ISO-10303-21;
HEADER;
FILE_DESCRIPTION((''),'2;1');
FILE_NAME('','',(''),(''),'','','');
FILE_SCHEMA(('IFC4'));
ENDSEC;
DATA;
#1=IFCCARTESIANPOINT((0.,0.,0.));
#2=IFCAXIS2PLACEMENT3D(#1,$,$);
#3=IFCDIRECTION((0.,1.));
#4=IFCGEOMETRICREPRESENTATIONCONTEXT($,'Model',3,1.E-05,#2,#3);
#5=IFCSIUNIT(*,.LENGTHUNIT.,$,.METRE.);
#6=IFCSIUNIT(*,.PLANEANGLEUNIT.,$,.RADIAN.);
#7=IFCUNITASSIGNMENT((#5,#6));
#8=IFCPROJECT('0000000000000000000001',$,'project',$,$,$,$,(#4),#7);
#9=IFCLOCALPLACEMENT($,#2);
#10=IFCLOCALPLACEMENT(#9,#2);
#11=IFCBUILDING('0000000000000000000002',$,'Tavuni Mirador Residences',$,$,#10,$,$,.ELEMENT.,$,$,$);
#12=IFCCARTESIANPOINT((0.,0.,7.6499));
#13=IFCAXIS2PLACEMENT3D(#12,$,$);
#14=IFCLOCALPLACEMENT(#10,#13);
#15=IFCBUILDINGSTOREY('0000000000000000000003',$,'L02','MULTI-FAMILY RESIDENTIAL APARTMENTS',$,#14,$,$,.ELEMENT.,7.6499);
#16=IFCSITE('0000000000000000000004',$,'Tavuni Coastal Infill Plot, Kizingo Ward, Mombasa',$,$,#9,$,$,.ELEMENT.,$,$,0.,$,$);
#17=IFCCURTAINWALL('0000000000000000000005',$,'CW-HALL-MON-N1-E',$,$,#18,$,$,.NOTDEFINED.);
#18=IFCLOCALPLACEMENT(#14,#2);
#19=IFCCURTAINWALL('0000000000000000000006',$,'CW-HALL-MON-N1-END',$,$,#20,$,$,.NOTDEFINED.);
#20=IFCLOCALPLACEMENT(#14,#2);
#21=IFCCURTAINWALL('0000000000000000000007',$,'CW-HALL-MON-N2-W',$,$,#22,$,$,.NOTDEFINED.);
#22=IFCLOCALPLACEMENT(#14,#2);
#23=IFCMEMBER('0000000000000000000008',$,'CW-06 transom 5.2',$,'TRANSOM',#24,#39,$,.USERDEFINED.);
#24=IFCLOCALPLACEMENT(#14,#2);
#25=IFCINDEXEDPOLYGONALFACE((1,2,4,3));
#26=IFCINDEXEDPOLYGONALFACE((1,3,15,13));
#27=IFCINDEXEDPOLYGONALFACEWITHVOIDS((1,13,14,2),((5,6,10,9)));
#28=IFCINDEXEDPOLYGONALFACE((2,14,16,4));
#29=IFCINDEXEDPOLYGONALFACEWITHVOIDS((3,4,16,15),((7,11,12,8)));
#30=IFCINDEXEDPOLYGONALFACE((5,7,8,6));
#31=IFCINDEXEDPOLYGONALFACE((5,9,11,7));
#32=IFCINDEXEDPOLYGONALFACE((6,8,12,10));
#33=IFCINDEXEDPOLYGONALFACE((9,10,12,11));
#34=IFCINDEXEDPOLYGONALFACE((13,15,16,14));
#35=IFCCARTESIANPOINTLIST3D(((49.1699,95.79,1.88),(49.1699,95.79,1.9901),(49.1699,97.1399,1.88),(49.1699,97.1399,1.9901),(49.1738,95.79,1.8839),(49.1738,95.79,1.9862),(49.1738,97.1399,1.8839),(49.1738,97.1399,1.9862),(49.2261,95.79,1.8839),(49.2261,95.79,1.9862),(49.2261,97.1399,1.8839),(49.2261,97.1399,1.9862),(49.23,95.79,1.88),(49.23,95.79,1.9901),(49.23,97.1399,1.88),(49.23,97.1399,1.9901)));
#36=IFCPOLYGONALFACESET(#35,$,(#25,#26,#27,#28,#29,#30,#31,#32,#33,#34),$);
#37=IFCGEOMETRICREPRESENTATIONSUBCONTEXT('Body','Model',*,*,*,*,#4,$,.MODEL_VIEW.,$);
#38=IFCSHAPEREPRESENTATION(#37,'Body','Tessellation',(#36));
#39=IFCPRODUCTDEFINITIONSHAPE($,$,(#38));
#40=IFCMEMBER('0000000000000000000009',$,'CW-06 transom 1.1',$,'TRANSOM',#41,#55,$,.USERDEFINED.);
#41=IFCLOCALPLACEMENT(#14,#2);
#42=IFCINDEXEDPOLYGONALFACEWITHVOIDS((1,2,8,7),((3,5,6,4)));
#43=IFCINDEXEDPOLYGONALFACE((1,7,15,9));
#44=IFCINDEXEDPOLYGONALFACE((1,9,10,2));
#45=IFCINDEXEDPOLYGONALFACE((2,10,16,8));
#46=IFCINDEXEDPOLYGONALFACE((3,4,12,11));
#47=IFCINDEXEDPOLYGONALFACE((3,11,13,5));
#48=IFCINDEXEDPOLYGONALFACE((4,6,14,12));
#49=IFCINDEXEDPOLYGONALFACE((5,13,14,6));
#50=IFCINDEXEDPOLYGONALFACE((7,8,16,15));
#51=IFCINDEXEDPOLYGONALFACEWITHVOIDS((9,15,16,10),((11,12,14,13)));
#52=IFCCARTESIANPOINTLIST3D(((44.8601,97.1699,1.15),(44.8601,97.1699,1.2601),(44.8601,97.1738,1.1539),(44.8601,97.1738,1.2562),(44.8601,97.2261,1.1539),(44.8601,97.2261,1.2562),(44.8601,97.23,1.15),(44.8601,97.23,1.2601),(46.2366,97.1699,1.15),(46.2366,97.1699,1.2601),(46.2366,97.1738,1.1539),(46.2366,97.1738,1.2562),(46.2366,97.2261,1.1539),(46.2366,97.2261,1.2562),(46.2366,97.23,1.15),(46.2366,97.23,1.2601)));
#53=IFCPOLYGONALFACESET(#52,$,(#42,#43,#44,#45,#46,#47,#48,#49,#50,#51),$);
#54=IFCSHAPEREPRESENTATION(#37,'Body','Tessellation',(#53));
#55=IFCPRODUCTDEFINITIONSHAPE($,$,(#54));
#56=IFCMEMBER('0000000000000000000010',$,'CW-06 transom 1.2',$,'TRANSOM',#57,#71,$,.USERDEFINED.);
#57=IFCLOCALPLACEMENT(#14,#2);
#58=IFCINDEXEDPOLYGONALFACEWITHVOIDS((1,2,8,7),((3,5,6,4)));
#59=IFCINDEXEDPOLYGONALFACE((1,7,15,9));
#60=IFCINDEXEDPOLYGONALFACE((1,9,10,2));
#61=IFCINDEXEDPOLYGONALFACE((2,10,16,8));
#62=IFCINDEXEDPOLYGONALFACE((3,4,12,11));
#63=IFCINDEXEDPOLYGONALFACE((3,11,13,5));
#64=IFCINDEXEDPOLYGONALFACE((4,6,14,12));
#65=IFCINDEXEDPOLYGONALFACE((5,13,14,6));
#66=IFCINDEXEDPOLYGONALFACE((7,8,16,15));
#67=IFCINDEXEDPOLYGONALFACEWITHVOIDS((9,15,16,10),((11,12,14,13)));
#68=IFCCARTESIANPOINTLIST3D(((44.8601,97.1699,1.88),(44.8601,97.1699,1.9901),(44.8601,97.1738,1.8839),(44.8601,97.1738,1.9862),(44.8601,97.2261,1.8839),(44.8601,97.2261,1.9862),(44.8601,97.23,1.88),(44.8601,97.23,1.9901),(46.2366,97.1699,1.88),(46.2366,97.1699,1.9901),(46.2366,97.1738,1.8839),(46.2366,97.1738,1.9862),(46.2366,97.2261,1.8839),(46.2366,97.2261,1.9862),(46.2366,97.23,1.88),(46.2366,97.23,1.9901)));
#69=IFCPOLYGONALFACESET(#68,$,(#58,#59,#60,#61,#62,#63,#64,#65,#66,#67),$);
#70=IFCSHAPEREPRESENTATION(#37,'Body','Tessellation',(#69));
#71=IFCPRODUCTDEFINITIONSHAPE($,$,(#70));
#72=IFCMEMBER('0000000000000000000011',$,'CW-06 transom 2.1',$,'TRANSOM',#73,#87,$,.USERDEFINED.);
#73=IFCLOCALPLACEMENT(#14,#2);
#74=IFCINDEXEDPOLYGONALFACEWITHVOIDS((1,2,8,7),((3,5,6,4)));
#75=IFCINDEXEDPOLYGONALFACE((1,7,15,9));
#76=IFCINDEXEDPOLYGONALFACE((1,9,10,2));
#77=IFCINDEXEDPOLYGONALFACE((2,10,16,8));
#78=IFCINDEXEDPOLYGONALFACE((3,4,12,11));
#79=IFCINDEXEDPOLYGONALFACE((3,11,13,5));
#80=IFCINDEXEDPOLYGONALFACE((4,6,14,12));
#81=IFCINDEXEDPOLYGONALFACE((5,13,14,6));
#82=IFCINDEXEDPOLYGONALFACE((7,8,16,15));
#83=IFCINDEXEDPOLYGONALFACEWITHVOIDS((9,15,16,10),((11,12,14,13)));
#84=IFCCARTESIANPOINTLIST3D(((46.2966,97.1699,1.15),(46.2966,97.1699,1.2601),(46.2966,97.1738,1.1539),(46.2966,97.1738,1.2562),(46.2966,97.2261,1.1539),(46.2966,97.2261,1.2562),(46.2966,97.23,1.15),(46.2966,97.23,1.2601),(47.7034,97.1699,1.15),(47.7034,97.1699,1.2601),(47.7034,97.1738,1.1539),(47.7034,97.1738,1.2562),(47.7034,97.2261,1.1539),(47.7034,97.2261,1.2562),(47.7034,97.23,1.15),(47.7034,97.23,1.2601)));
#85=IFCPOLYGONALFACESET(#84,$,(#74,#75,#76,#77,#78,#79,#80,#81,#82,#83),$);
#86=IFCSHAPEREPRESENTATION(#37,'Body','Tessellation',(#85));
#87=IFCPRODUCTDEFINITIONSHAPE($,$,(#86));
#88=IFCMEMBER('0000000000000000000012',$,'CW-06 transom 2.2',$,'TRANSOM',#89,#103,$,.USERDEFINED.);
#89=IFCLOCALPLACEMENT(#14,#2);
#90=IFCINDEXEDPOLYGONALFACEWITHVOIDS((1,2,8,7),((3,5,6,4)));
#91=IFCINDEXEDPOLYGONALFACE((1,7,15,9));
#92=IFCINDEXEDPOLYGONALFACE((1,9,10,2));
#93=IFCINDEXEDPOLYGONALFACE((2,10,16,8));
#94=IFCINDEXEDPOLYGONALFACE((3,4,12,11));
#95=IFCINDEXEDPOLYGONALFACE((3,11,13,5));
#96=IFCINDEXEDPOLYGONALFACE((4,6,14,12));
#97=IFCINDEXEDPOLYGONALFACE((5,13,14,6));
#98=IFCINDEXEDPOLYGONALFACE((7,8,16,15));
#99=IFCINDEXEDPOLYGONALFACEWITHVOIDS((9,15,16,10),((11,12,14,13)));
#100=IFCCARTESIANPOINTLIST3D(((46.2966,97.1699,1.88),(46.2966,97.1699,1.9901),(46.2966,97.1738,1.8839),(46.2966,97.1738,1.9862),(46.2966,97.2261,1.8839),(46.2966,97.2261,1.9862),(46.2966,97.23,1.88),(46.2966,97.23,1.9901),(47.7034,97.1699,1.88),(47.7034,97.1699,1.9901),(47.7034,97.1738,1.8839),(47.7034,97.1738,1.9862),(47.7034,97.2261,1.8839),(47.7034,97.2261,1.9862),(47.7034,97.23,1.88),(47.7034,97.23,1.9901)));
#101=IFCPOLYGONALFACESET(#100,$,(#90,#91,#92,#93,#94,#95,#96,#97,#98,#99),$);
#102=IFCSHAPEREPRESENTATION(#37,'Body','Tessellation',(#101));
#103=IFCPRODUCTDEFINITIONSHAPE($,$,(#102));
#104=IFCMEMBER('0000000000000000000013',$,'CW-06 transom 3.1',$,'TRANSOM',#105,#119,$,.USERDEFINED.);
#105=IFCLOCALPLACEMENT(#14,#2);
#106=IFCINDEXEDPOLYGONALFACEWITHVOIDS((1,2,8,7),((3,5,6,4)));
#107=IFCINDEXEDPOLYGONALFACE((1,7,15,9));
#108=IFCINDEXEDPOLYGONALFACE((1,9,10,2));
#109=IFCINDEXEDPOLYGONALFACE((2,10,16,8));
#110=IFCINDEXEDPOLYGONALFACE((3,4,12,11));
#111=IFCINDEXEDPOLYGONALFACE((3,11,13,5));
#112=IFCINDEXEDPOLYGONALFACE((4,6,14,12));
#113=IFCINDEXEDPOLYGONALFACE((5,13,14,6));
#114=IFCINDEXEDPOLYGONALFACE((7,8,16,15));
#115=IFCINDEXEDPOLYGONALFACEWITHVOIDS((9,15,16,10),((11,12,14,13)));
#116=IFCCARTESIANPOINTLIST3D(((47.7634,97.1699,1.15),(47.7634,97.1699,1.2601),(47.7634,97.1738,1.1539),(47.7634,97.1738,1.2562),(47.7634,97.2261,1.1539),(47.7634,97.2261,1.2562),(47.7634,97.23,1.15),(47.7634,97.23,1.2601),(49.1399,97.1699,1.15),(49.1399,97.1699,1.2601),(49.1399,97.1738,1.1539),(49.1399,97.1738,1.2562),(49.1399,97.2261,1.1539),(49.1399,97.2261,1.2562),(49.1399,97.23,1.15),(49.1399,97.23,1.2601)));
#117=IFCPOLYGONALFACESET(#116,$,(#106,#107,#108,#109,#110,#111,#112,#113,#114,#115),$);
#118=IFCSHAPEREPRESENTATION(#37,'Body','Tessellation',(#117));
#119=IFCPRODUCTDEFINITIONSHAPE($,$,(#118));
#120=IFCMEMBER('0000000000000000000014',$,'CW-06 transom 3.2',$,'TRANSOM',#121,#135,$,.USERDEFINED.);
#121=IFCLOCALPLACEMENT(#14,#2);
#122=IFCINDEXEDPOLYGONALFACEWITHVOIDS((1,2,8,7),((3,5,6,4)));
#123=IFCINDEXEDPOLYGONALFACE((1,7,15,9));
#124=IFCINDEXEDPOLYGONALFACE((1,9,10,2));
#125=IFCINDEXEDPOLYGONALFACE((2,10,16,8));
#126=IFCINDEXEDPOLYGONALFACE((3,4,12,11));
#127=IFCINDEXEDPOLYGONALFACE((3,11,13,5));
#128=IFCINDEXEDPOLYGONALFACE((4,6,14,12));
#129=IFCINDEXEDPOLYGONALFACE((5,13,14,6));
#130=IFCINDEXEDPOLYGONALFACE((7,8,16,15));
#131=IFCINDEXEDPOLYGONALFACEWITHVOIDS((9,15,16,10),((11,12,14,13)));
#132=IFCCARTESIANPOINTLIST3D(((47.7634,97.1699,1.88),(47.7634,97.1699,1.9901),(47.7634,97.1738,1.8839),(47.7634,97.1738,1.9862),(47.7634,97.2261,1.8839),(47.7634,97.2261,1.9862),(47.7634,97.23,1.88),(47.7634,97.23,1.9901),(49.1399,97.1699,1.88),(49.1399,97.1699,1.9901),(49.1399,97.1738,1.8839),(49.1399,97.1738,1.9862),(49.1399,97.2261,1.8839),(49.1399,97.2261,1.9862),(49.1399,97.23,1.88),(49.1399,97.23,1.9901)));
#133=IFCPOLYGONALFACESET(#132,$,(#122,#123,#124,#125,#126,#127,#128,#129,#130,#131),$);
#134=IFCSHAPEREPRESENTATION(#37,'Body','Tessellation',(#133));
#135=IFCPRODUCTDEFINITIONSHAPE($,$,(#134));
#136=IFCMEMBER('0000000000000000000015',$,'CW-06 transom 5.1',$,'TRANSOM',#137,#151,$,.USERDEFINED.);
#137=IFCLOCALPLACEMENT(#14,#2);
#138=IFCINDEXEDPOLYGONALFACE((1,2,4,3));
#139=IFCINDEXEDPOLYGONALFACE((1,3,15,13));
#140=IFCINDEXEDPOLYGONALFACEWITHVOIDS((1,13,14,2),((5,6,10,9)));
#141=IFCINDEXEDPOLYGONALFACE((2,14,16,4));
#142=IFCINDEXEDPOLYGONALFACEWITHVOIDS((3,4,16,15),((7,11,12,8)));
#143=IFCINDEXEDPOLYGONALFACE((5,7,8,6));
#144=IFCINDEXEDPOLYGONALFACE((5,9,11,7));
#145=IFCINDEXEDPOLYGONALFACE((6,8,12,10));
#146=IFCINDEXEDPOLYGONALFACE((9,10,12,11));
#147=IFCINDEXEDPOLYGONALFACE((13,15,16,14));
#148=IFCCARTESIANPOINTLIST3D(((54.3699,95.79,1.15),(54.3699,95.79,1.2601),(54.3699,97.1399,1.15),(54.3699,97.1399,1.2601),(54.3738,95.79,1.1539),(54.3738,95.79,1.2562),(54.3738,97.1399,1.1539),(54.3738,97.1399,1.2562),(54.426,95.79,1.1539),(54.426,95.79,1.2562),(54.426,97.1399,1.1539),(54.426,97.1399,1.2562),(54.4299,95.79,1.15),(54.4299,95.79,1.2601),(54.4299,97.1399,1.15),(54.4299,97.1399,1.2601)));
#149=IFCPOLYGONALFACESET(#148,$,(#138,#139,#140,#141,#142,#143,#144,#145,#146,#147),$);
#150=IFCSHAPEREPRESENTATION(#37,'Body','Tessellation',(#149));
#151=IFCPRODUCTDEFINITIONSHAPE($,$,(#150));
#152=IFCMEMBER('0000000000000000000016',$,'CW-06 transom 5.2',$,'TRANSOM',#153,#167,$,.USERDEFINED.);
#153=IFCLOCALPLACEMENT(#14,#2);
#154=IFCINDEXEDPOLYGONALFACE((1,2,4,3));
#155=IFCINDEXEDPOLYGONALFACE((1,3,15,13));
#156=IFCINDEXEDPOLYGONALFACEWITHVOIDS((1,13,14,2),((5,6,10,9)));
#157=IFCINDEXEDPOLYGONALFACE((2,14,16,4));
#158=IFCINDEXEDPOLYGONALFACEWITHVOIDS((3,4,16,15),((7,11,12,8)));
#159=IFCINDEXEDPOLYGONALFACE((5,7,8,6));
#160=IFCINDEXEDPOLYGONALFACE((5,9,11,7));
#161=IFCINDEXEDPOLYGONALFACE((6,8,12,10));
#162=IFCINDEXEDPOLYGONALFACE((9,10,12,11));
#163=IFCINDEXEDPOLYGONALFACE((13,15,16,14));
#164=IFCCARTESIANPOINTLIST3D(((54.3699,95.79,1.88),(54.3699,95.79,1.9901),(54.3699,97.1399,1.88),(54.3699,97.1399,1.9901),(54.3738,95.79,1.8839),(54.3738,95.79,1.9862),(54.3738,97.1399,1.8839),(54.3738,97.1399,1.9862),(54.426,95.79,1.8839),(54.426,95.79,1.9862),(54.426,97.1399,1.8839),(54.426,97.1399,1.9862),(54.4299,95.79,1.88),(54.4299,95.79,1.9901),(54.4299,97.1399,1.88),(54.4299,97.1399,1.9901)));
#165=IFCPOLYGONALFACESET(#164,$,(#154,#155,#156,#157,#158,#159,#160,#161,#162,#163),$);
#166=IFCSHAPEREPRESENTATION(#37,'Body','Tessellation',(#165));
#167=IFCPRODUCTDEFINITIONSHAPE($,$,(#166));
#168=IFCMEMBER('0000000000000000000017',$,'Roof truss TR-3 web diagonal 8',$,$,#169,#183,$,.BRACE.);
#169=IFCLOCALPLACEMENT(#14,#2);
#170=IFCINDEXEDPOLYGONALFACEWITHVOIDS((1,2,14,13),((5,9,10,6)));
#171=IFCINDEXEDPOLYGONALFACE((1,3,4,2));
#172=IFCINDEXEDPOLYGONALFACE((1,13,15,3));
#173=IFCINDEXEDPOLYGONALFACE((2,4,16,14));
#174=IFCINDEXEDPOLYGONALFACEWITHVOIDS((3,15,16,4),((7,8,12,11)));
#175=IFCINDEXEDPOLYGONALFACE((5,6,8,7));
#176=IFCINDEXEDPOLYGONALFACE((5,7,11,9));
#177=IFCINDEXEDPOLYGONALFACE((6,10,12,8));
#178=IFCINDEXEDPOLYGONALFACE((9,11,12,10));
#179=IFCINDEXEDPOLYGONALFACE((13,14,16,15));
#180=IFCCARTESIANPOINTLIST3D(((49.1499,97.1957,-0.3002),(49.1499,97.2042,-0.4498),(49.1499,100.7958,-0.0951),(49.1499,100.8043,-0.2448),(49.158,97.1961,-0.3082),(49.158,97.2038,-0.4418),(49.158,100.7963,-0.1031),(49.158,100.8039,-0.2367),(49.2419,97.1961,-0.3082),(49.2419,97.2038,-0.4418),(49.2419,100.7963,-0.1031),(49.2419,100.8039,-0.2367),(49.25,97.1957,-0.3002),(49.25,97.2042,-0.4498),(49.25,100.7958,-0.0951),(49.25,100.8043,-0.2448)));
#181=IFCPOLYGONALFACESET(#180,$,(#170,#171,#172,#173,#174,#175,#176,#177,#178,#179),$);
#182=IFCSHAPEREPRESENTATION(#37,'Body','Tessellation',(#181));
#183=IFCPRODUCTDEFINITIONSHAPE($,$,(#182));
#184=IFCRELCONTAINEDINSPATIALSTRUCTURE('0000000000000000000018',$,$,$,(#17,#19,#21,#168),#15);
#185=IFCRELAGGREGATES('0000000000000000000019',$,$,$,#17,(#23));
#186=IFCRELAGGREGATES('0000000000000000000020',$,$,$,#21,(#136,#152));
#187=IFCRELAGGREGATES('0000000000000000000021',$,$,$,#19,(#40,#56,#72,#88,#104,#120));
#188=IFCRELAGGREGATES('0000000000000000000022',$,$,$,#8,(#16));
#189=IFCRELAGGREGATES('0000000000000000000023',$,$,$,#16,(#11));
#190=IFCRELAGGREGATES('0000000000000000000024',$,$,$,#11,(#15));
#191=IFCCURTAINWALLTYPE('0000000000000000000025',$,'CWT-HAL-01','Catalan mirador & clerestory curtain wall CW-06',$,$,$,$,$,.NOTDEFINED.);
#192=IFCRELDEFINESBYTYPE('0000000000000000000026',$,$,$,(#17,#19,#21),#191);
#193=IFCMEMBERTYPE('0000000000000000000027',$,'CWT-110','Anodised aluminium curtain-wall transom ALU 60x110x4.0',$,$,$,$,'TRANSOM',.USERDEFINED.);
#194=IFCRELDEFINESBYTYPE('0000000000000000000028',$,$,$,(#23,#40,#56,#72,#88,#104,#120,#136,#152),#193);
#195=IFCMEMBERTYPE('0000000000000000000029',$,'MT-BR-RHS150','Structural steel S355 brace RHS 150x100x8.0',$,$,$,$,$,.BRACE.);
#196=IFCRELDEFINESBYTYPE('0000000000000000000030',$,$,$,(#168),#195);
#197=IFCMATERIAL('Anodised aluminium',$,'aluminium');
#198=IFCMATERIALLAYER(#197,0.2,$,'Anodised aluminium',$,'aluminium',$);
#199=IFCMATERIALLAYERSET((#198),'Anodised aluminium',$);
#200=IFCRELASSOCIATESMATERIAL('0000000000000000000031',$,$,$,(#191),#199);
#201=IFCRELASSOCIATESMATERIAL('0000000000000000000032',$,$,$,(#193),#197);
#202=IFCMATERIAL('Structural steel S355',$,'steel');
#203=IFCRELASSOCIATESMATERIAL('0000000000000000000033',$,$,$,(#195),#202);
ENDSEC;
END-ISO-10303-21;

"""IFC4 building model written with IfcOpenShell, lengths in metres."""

from ifc_helpers import new_model, si_unit, direction, frame, origin, origin_2d, place, context, subcontext, project, spatial, hollow_rectangle, extrude, material, layer, layer_set, material_profile, profile_set, type_object, element, aggregate, save


model = new_model("IFC4")

# Units and contexts
model_context = context("Model", 3, precision=1e-05, world=origin(), true_north=direction((0.0, 1.0)))
body_context = subcontext(model_context, "Body", "Model", "MODEL_VIEW")
ifc_project = project(units=[si_unit("LENGTHUNIT", "METRE"), si_unit("PLANEANGLEUNIT", "RADIAN")], contexts=[model_context])

# Site, building, storey
site_placement = place(None, origin())
site = spatial("IfcSite", under=ifc_project, at=site_placement, Name="Tavuni Coastal Infill Plot, Kizingo Ward, Mombasa", CompositionType="ELEMENT", RefElevation=0.0)
building_placement = place(site_placement, origin())
building = spatial("IfcBuilding", under=site, at=building_placement, Name="Tavuni Mirador Residences", CompositionType="ELEMENT")
storey_placement = place(building_placement, frame((0.0, 0.0, 7.6499)))
storey = spatial("IfcBuildingStorey", under=building, at=storey_placement, Name="L02", Description="MULTI-FAMILY RESIDENTIAL APARTMENTS", CompositionType="ELEMENT", Elevation=7.6499)

# Shared definitions
ifc_material_1 = material(Name="Anodised aluminium", Category="aluminium")
ifc_layer_1 = layer(ifc_material_1, 0.2, Name="Anodised aluminium", Category="aluminium")
ifc_layer_set_1 = layer_set([ifc_layer_1], Name="Anodised aluminium")
curtain_wall_type = type_object("IfcCurtainWallType", Name="CWT-HAL-01", Description="Catalan mirador & clerestory curtain wall CW-06", PredefinedType="NOTDEFINED", material=ifc_layer_set_1)

# Curtain walls
curtain_wall_1_placement = place(storey_placement, origin())
curtain_wall_1 = element("IfcCurtainWall", 1, at=curtain_wall_1_placement, inside=storey, type_object=curtain_wall_type, Name="CW-HALL-MON-N1-E", PredefinedType="NOTDEFINED")
curtain_wall_2_placement = place(storey_placement, origin())
curtain_wall_2 = element("IfcCurtainWall", 2, at=curtain_wall_2_placement, inside=storey, type_object=curtain_wall_type, Name="CW-HALL-MON-N1-END", PredefinedType="NOTDEFINED")
curtain_wall_3_placement = place(storey_placement, origin())
curtain_wall_3 = element("IfcCurtainWall", 3, at=curtain_wall_3_placement, inside=storey, type_object=curtain_wall_type, Name="CW-HALL-MON-N2-W", PredefinedType="NOTDEFINED")

# Members
ifc_material_profile_1 = material_profile(ifc_material_1, hollow_rectangle(XDim=0.0601, YDim=0.1101, WallThickness=0.0039, at=origin_2d()), Name="ALU 60x110x4.0", Category="aluminium")
ifc_profile_set_1 = profile_set([ifc_material_profile_1], Name="Anodised aluminium")
member_type_1 = type_object("IfcMemberType", Name="CWT-110", Description="Anodised aluminium curtain-wall transom ALU 60x110x4.0", ElementType="TRANSOM", PredefinedType="USERDEFINED", material=ifc_profile_set_1)
member_1_placement = place(storey_placement, frame((49.2, 95.79, 1.9351), z_axis=(0.0, 1.0, 0.0), x_axis=(-1.0, 0.0, 0.0)))
member_1 = element("IfcMember", 4, at=member_1_placement, type_object=member_type_1, Name="CW-06 transom 5.2", ObjectType="TRANSOM", PredefinedType="USERDEFINED", context=body_context, shape_type="SweptSolid", body=[
    extrude(hollow_rectangle(XDim=0.0601, YDim=0.1101, WallThickness=0.0039, at=origin_2d()), origin(), (0.0, 0.0, 1.0), 1.3499),
])
member_2_placement = place(storey_placement, frame((44.8601, 97.2, 1.2051), z_axis=(1.0, 0.0, 0.0), x_axis=(0.0, 1.0, 0.0)))
member_2 = element("IfcMember", 5, at=member_2_placement, type_object=member_type_1, Name="CW-06 transom 1.1", ObjectType="TRANSOM", PredefinedType="USERDEFINED", context=body_context, shape_type="SweptSolid", body=[
    extrude(hollow_rectangle(XDim=0.0601, YDim=0.1101, WallThickness=0.0039, at=origin_2d()), origin(), (0.0, 0.0, 1.0), 1.3765),
])
member_3_placement = place(storey_placement, frame((44.8601, 97.2, 1.9351), z_axis=(1.0, 0.0, 0.0), x_axis=(0.0, 1.0, 0.0)))
member_3 = element("IfcMember", 6, at=member_3_placement, type_object=member_type_1, Name="CW-06 transom 1.2", ObjectType="TRANSOM", PredefinedType="USERDEFINED", context=body_context, shape_type="SweptSolid", body=[
    extrude(hollow_rectangle(XDim=0.0601, YDim=0.1101, WallThickness=0.0039, at=origin_2d()), origin(), (0.0, 0.0, 1.0), 1.3765),
])
member_4_placement = place(storey_placement, frame((46.2966, 97.2, 1.2051), z_axis=(1.0, 0.0, 0.0), x_axis=(0.0, 1.0, 0.0)))
member_4 = element("IfcMember", 7, at=member_4_placement, type_object=member_type_1, Name="CW-06 transom 2.1", ObjectType="TRANSOM", PredefinedType="USERDEFINED", context=body_context, shape_type="SweptSolid", body=[
    extrude(hollow_rectangle(XDim=0.0601, YDim=0.1101, WallThickness=0.0039, at=origin_2d()), origin(), (0.0, 0.0, 1.0), 1.4067),
])
member_5_placement = place(storey_placement, frame((46.2966, 97.2, 1.9351), z_axis=(1.0, 0.0, 0.0), x_axis=(0.0, 1.0, 0.0)))
member_5 = element("IfcMember", 8, at=member_5_placement, type_object=member_type_1, Name="CW-06 transom 2.2", ObjectType="TRANSOM", PredefinedType="USERDEFINED", context=body_context, shape_type="SweptSolid", body=[
    extrude(hollow_rectangle(XDim=0.0601, YDim=0.1101, WallThickness=0.0039, at=origin_2d()), origin(), (0.0, 0.0, 1.0), 1.4067),
])
member_6_placement = place(storey_placement, frame((47.7634, 97.2, 1.2051), z_axis=(1.0, 0.0, 0.0), x_axis=(0.0, 1.0, 0.0)))
member_6 = element("IfcMember", 9, at=member_6_placement, type_object=member_type_1, Name="CW-06 transom 3.1", ObjectType="TRANSOM", PredefinedType="USERDEFINED", context=body_context, shape_type="SweptSolid", body=[
    extrude(hollow_rectangle(XDim=0.0601, YDim=0.1101, WallThickness=0.0039, at=origin_2d()), origin(), (0.0, 0.0, 1.0), 1.3765),
])
member_7_placement = place(storey_placement, frame((47.7634, 97.2, 1.9351), z_axis=(1.0, 0.0, 0.0), x_axis=(0.0, 1.0, 0.0)))
member_7 = element("IfcMember", 10, at=member_7_placement, type_object=member_type_1, Name="CW-06 transom 3.2", ObjectType="TRANSOM", PredefinedType="USERDEFINED", context=body_context, shape_type="SweptSolid", body=[
    extrude(hollow_rectangle(XDim=0.0601, YDim=0.1101, WallThickness=0.0039, at=origin_2d()), origin(), (0.0, 0.0, 1.0), 1.3765),
])
member_8_placement = place(storey_placement, frame((54.3999, 95.79, 1.2051), z_axis=(0.0, 1.0, 0.0), x_axis=(-1.0, 0.0, 0.0)))
member_8 = element("IfcMember", 11, at=member_8_placement, type_object=member_type_1, Name="CW-06 transom 5.1", ObjectType="TRANSOM", PredefinedType="USERDEFINED", context=body_context, shape_type="SweptSolid", body=[
    extrude(hollow_rectangle(XDim=0.0601, YDim=0.1101, WallThickness=0.0039, at=origin_2d()), origin(), (0.0, 0.0, 1.0), 1.3499),
])
member_9_placement = place(storey_placement, frame((54.3999, 95.79, 1.9351), z_axis=(0.0, 1.0, 0.0), x_axis=(-1.0, 0.0, 0.0)))
member_9 = element("IfcMember", 12, at=member_9_placement, type_object=member_type_1, Name="CW-06 transom 5.2", ObjectType="TRANSOM", PredefinedType="USERDEFINED", context=body_context, shape_type="SweptSolid", body=[
    extrude(hollow_rectangle(XDim=0.0601, YDim=0.1101, WallThickness=0.0039, at=origin_2d()), origin(), (0.0, 0.0, 1.0), 1.3499),
])

# Member
ifc_material_2 = material(Name="Structural steel S355", Category="steel")
ifc_material_profile_2 = material_profile(ifc_material_2, hollow_rectangle(XDim=0.1001, YDim=0.1499, WallThickness=0.0081, at=origin_2d()), Name="RHS 150x100x8.0", Category="steel")
ifc_profile_set_2 = profile_set([ifc_material_profile_2], Name="Structural steel S355")
member_type_2 = type_object("IfcMemberType", Name="MT-BR-RHS150", Description="Structural steel S355 brace RHS 150x100x8.0", PredefinedType="BRACE", material=ifc_profile_set_2)
member_10_placement = place(storey_placement, frame((49.2, 97.2, -0.375), z_axis=(0.0, 0.998381, 0.056872), x_axis=(-1.0, 0.0, 0.0)))
element("IfcMember", 13, at=member_10_placement, inside=storey, type_object=member_type_2, Name="Roof truss TR-3 web diagonal 8", PredefinedType="BRACE", context=body_context, shape_type="SweptSolid", body=[
    extrude(hollow_rectangle(XDim=0.1001, YDim=0.1499, WallThickness=0.0081, at=origin_2d()), origin(), (0.0, 0.0, 1.0), 3.606),
])

aggregate(curtain_wall_1, [member_1])
aggregate(curtain_wall_3, [member_8, member_9])
aggregate(curtain_wall_2, [member_2, member_3, member_4, member_5, member_6, member_7])

save(model, "model.ifc")
